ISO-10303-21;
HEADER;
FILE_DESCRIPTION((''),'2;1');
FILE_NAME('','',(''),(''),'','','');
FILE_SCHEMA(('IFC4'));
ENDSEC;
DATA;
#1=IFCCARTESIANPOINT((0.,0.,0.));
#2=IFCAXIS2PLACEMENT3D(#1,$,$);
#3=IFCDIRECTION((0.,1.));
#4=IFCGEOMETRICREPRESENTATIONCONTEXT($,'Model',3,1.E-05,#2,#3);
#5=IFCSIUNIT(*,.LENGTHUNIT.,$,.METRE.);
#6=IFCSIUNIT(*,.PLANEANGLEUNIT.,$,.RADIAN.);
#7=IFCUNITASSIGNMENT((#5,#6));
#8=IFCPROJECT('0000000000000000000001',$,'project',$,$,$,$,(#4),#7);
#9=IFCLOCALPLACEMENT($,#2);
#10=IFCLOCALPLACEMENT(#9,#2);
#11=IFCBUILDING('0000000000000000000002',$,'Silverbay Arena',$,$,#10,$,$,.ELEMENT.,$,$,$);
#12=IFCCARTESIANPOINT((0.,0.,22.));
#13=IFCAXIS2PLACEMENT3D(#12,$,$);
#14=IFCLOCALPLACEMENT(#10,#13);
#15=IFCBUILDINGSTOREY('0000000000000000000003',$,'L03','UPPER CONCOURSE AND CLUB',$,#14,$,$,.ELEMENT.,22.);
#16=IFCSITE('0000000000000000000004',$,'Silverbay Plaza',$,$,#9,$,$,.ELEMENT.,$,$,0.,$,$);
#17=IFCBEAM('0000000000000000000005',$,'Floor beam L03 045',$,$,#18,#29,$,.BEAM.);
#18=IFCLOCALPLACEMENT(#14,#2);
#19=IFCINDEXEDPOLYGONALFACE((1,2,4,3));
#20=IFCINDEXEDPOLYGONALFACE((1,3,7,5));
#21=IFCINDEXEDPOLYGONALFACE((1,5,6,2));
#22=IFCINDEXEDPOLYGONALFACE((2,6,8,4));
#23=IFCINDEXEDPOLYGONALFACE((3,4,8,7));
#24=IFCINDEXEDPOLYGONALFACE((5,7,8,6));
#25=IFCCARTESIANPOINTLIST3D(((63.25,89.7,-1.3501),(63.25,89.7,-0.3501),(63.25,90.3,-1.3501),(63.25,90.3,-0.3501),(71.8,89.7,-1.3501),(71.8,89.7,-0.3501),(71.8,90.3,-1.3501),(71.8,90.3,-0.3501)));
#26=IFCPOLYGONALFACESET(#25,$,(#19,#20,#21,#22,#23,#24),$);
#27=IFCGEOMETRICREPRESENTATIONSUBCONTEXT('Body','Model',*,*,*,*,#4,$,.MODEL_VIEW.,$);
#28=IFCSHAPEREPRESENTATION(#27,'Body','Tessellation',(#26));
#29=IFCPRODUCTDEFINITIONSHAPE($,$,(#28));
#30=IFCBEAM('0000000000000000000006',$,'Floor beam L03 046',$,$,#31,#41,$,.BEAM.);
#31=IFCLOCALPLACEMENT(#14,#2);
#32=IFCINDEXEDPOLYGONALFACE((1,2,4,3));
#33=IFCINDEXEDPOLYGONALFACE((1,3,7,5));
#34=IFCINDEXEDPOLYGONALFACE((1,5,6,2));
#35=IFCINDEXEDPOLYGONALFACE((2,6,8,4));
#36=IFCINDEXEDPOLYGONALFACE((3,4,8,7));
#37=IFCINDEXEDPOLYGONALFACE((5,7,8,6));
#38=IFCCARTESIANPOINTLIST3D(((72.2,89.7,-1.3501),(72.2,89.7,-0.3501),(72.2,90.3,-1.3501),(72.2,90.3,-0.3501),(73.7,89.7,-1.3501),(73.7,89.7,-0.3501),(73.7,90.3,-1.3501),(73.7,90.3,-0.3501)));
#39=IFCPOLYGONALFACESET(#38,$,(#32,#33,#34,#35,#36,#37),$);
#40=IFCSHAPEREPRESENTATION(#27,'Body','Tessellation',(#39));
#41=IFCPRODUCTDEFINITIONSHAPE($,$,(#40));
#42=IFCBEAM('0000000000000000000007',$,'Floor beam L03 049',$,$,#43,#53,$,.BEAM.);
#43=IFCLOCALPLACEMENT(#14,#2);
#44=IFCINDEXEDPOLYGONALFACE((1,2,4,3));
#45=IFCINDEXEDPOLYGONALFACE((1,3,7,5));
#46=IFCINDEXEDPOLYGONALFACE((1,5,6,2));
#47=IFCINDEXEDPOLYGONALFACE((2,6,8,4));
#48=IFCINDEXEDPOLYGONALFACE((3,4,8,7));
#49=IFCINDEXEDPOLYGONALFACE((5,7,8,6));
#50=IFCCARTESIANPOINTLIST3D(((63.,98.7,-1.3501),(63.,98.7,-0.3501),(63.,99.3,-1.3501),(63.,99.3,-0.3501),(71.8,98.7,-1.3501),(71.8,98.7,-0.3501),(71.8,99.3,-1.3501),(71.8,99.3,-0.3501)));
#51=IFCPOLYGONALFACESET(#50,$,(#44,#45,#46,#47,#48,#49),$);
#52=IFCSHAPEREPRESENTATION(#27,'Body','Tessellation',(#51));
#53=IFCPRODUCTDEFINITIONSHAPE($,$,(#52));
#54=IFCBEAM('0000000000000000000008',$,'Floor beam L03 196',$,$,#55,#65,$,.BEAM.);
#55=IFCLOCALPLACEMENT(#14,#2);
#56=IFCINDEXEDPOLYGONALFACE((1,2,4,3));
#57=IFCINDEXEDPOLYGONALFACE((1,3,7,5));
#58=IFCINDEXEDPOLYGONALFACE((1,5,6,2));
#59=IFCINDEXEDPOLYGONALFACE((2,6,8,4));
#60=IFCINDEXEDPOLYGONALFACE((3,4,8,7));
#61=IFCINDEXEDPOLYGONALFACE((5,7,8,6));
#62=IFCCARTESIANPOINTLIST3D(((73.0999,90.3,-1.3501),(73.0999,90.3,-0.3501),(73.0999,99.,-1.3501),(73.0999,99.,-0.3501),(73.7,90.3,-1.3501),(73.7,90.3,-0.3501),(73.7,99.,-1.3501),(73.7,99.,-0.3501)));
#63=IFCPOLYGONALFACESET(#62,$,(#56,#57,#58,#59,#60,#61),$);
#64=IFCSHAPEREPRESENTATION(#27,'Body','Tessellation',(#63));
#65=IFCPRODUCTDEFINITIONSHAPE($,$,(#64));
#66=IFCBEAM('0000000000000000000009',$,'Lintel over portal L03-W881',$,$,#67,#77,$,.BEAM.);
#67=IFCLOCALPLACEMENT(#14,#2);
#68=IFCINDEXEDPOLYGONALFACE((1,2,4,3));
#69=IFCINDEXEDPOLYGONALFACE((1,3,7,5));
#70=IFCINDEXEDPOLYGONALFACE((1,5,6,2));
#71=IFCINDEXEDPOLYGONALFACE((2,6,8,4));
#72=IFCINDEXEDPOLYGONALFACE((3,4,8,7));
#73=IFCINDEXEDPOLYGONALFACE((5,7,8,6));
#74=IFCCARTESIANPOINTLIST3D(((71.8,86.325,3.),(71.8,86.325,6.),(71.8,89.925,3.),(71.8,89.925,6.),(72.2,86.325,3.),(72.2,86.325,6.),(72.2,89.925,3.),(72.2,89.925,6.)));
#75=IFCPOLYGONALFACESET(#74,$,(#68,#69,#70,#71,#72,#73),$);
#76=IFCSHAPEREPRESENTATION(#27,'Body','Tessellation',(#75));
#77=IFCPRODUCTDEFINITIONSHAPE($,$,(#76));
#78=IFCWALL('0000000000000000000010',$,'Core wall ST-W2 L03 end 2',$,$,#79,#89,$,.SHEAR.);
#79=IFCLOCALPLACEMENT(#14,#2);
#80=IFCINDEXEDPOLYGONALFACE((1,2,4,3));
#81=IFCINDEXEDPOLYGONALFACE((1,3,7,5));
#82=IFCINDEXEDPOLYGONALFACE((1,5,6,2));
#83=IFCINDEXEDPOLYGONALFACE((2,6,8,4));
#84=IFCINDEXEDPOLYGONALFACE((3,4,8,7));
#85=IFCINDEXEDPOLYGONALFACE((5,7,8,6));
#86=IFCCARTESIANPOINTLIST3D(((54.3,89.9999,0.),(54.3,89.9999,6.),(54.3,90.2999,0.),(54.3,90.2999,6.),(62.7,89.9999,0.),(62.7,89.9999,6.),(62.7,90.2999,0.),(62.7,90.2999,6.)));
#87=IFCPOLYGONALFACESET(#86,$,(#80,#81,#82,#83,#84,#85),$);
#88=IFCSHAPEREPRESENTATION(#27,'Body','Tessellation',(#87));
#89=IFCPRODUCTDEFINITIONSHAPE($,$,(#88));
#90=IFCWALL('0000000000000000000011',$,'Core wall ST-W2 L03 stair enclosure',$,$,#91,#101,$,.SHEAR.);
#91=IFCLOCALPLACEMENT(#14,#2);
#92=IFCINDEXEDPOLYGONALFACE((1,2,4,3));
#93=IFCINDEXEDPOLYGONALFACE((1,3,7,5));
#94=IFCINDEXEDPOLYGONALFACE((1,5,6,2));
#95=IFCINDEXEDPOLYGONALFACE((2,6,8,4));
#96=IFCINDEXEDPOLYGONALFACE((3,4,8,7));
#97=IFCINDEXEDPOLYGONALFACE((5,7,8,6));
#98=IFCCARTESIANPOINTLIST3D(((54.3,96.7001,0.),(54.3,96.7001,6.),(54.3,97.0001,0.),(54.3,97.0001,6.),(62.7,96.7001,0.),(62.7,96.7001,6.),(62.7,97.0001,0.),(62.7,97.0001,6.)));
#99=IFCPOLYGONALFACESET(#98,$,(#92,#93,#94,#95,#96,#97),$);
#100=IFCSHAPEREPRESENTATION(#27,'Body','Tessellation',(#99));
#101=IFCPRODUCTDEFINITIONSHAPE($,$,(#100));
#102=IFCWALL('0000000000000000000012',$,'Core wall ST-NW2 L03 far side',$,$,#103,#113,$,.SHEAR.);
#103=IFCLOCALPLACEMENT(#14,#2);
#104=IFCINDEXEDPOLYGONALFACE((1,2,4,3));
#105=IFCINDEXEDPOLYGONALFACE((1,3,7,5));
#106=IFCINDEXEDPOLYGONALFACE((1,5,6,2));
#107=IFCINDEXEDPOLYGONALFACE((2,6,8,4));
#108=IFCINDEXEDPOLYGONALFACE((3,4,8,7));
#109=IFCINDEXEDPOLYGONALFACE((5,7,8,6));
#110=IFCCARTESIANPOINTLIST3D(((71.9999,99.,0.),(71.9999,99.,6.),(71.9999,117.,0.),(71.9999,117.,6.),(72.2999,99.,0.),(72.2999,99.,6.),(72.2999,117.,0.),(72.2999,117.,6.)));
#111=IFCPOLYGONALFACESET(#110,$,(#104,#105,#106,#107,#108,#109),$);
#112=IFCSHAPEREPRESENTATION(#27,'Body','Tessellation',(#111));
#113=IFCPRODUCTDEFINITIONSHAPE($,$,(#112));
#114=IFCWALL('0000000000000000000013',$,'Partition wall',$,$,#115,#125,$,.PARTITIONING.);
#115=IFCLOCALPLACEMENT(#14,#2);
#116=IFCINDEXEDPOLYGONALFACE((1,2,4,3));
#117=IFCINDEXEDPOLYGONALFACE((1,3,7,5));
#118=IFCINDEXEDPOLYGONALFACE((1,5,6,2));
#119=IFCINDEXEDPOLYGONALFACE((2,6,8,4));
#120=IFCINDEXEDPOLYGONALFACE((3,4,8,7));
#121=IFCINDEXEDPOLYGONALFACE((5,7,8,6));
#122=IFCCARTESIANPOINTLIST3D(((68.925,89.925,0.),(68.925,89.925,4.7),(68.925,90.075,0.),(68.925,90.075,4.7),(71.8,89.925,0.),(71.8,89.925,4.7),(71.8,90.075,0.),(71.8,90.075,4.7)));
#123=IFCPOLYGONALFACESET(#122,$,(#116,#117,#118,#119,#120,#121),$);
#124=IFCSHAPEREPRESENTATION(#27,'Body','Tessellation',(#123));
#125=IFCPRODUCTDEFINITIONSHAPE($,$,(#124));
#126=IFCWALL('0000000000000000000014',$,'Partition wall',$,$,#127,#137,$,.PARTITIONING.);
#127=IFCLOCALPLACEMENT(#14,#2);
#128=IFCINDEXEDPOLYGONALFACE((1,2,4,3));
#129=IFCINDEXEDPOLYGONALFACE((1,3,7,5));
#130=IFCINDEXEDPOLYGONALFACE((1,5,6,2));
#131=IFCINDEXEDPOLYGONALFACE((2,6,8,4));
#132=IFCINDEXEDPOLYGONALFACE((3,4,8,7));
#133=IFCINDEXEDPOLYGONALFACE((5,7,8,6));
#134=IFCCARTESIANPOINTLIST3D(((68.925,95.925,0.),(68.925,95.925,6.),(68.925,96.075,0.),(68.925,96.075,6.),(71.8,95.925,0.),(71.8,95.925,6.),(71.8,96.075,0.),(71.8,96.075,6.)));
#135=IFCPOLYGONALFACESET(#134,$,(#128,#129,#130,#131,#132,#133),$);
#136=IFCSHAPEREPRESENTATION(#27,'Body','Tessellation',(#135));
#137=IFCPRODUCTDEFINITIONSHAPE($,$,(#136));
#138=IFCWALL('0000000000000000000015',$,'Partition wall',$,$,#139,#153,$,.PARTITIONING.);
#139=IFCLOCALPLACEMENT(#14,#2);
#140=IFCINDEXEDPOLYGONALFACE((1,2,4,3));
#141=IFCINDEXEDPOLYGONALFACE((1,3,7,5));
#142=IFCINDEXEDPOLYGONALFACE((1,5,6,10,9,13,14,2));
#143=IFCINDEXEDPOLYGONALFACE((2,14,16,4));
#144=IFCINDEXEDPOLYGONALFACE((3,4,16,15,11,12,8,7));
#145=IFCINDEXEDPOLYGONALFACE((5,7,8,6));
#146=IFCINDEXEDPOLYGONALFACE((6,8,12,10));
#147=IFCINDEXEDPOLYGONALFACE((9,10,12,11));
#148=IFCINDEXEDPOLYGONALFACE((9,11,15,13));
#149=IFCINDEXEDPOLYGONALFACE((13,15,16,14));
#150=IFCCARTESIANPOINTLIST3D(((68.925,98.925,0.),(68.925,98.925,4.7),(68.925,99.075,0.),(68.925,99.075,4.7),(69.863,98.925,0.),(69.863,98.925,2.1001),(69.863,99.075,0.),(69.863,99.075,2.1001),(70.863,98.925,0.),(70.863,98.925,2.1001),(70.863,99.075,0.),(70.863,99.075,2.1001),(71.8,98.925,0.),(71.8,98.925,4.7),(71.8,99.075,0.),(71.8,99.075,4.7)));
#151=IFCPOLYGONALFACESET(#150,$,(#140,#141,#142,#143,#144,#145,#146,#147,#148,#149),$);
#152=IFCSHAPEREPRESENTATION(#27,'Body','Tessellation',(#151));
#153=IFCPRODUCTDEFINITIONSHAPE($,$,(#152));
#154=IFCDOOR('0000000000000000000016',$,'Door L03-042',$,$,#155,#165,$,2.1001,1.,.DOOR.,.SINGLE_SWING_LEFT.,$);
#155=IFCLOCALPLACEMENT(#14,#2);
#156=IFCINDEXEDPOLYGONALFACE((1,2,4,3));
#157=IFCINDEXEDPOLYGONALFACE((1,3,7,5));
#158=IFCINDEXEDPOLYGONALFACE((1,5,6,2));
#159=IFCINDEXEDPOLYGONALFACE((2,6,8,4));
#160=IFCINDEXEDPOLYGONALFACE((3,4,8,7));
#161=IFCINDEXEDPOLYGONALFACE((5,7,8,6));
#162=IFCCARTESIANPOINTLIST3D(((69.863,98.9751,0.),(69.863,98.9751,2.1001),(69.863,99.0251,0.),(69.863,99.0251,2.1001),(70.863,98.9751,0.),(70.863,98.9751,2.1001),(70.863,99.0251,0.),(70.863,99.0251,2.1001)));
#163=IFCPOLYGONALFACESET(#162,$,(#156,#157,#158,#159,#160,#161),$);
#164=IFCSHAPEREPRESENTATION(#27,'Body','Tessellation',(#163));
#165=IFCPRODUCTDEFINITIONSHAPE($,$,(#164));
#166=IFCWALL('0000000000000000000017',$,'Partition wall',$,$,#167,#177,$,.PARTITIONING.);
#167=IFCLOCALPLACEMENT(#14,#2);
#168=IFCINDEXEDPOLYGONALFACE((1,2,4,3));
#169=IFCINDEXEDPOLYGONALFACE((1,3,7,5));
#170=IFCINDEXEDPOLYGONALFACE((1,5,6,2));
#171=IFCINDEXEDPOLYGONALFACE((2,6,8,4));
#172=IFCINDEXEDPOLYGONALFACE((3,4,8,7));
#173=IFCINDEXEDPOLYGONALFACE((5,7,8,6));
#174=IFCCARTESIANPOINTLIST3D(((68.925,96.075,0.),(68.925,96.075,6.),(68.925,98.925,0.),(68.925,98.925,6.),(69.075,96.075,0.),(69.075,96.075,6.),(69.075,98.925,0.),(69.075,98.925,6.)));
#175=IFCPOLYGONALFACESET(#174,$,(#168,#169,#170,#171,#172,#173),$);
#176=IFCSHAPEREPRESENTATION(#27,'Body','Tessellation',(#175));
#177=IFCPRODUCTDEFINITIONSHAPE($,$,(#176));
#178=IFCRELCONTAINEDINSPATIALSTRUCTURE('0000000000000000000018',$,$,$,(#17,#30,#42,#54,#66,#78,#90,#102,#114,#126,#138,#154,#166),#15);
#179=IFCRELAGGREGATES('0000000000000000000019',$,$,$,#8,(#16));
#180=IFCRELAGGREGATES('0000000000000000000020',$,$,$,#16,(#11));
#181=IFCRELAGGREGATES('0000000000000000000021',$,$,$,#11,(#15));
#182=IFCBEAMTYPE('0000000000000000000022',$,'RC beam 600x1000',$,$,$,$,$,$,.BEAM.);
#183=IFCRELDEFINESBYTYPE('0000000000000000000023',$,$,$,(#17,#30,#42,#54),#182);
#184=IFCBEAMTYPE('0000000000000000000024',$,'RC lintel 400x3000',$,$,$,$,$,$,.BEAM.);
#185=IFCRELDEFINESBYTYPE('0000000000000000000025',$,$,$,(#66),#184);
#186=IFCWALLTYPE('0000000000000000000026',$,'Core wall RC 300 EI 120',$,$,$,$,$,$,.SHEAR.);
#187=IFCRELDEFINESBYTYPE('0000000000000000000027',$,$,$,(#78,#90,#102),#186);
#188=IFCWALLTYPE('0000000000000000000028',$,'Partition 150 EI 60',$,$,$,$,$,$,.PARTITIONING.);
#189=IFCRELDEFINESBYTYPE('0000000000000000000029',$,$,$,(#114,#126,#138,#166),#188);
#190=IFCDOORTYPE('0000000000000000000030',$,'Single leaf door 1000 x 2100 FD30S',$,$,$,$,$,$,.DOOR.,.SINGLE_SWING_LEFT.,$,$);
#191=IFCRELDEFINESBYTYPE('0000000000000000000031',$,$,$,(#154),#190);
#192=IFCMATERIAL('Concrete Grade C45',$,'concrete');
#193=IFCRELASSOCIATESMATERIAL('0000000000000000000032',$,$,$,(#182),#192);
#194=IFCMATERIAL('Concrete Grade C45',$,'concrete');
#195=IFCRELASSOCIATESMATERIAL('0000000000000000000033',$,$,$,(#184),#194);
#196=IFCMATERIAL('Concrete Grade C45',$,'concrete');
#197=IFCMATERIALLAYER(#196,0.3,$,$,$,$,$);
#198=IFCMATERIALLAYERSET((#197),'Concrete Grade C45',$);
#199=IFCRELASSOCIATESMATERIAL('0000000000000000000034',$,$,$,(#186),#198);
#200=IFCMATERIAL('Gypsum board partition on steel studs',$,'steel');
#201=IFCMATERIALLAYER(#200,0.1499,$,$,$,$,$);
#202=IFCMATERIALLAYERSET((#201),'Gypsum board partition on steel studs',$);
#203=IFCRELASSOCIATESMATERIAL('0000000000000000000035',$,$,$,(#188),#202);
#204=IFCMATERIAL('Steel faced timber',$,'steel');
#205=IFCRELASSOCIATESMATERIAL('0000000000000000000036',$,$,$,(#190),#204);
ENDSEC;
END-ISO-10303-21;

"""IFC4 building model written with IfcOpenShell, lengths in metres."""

from ifc_helpers import new_model, si_unit, direction, frame, frame_2d, origin, origin_2d, place, context, subcontext, project, spatial, rectangle, extrude, material, layer, layer_set, material_profile, profile_set, type_object, element, fill, save


model = new_model("IFC4")

# Units and contexts
model_context = context("Model", 3, precision=1e-05, world=origin(), true_north=direction((0.0, 1.0)))
body_context = subcontext(model_context, "Body", "Model", "MODEL_VIEW")
ifc_project = project(units=[si_unit("LENGTHUNIT", "METRE"), si_unit("PLANEANGLEUNIT", "RADIAN")], contexts=[model_context])

# Site, building, storey
site_placement = place(None, origin())
site = spatial("IfcSite", under=ifc_project, at=site_placement, Name="Silverbay Plaza", CompositionType="ELEMENT", RefElevation=0.0)
building_placement = place(site_placement, origin())
building = spatial("IfcBuilding", under=site, at=building_placement, Name="Silverbay Arena", CompositionType="ELEMENT")
storey_placement = place(building_placement, frame((0.0, 0.0, 22.0)))
storey = spatial("IfcBuildingStorey", under=building, at=storey_placement, Name="L03", Description="UPPER CONCOURSE AND CLUB", CompositionType="ELEMENT", Elevation=22.0)

# Beams
ifc_material_1 = material(Name="Concrete Grade C45", Category="concrete")
ifc_material_profile_1 = material_profile(ifc_material_1, rectangle(XDim=0.6001, YDim=1.0, at=origin_2d()), Name="RC 600x1000")
ifc_profile_set_1 = profile_set([ifc_material_profile_1], Name="Concrete Grade C45")
beam_type_1 = type_object("IfcBeamType", Name="RC beam 600x1000", PredefinedType="BEAM", material=ifc_profile_set_1)
beam_1_placement = place(storey_placement, frame((63.25, 90.0, -0.8501), z_axis=(1.0, 0.0, 0.0), x_axis=(0.0, 1.0, 0.0)))
element("IfcBeam", 1, at=beam_1_placement, inside=storey, type_object=beam_type_1, Name="Floor beam L03 045", PredefinedType="BEAM", context=body_context, shape_type="SweptSolid", body=[
    extrude(rectangle(XDim=0.6001, YDim=1.0, at=origin_2d()), origin(), (0.0, 0.0, 1.0), 8.55),
])
beam_2_placement = place(storey_placement, frame((72.2, 90.0, -0.8501), z_axis=(1.0, 0.0, 0.0), x_axis=(0.0, 1.0, 0.0)))
element("IfcBeam", 2, at=beam_2_placement, inside=storey, type_object=beam_type_1, Name="Floor beam L03 046", PredefinedType="BEAM", context=body_context, shape_type="SweptSolid", body=[
    extrude(rectangle(XDim=0.6001, YDim=1.0, at=origin_2d()), origin(), (0.0, 0.0, 1.0), 1.5),
])
beam_3_placement = place(storey_placement, frame((63.0, 99.0, -0.8501), z_axis=(1.0, 0.0, 0.0), x_axis=(0.0, 1.0, 0.0)))
element("IfcBeam", 3, at=beam_3_placement, inside=storey, type_object=beam_type_1, Name="Floor beam L03 049", PredefinedType="BEAM", context=body_context, shape_type="SweptSolid", body=[
    extrude(rectangle(XDim=0.6001, YDim=1.0, at=origin_2d()), origin(), (0.0, 0.0, 1.0), 8.8),
])
beam_4_placement = place(storey_placement, frame((73.3999, 90.3, -0.8501), z_axis=(0.0, 1.0, 0.0), x_axis=(-1.0, 0.0, 0.0)))
element("IfcBeam", 4, at=beam_4_placement, inside=storey, type_object=beam_type_1, Name="Floor beam L03 196", PredefinedType="BEAM", context=body_context, shape_type="SweptSolid", body=[
    extrude(rectangle(XDim=0.6001, YDim=1.0, at=origin_2d()), origin(), (0.0, 0.0, 1.0), 8.7),
])
ifc_material_2 = material(Name="Concrete Grade C45", Category="concrete")
ifc_material_profile_2 = material_profile(ifc_material_2, rectangle(XDim=0.3999, YDim=3.0, at=origin_2d()), Name="RC 400x3000")
ifc_profile_set_2 = profile_set([ifc_material_profile_2], Name="Concrete Grade C45")
beam_type_2 = type_object("IfcBeamType", Name="RC lintel 400x3000", PredefinedType="BEAM", material=ifc_profile_set_2)
beam_5_placement = place(storey_placement, frame((72.0, 86.325, 4.5), z_axis=(0.0, 1.0, 0.0), x_axis=(-1.0, 0.0, 0.0)))
element("IfcBeam", 5, at=beam_5_placement, inside=storey, type_object=beam_type_2, Name="Lintel over portal L03-W881", PredefinedType="BEAM", context=body_context, shape_type="SweptSolid", body=[
    extrude(rectangle(XDim=0.3999, YDim=3.0, at=origin_2d()), origin(), (0.0, 0.0, 1.0), 3.6001),
])

# Walls
ifc_material_3 = material(Name="Concrete Grade C45", Category="concrete")
ifc_layer_1 = layer(ifc_material_3, 0.3)
ifc_layer_set_1 = layer_set([ifc_layer_1], Name="Concrete Grade C45")
wall_type_1 = type_object("IfcWallType", Name="Core wall RC 300 EI 120", PredefinedType="SHEAR", material=ifc_layer_set_1)
for number, where, z_axis, x_axis, name in (
    (6, (62.7, 90.1499, 0.0), (0.0, 0.0, 1.0), (-1.0, 0.0, 0.0), "Core wall ST-W2 L03 end 2"),
    (7, (62.7, 96.8501, 0.0), (0.0, 0.0, 1.0), (-1.0, 0.0, 0.0), "Core wall ST-W2 L03 stair enclosure"),
):
    element("IfcWall", number, at=place(storey_placement, frame(where, z_axis=z_axis, x_axis=x_axis)), inside=storey, type_object=wall_type_1, Name=name, PredefinedType="SHEAR", context=body_context, shape_type="SweptSolid", body=[
        extrude(rectangle(XDim=8.3999, YDim=0.3, at=frame_2d((4.2, 0.0))), origin(), (0.0, 0.0, 1.0), 6.0),
    ])
wall_1_placement = place(storey_placement, frame((72.1499, 99.0, 0.0), z_axis=(0.0, 0.0, 1.0), x_axis=(0.0, 1.0, 0.0)))
element("IfcWall", 8, at=wall_1_placement, inside=storey, type_object=wall_type_1, Name="Core wall ST-NW2 L03 far side", PredefinedType="SHEAR", context=body_context, shape_type="SweptSolid", body=[
    extrude(rectangle(XDim=18.0, YDim=0.3, at=frame_2d((9.0, 0.0))), origin(), (0.0, 0.0, 1.0), 6.0),
])
ifc_material_4 = material(Name="Gypsum board partition on steel studs", Category="steel")
ifc_layer_2 = layer(ifc_material_4, 0.1499)
ifc_layer_set_2 = layer_set([ifc_layer_2], Name="Gypsum board partition on steel studs")
wall_type_2 = type_object("IfcWallType", Name="Partition 150 EI 60", PredefinedType="PARTITIONING", material=ifc_layer_set_2)
wall_2_placement = place(storey_placement, frame((68.925, 90.0, 0.0), z_axis=(0.0, 0.0, 1.0), x_axis=(1.0, 0.0, 0.0)))
element("IfcWall", 9, at=wall_2_placement, inside=storey, type_object=wall_type_2, Name="Partition wall", PredefinedType="PARTITIONING", context=body_context, shape_type="SweptSolid", body=[
    extrude(rectangle(XDim=2.875, YDim=0.1499, at=frame_2d((1.4375, 0.0))), origin(), (0.0, 0.0, 1.0), 4.7),
])
wall_3_placement = place(storey_placement, frame((68.925, 96.0, 0.0), z_axis=(0.0, 0.0, 1.0), x_axis=(1.0, 0.0, 0.0)))
element("IfcWall", 10, at=wall_3_placement, inside=storey, type_object=wall_type_2, Name="Partition wall", PredefinedType="PARTITIONING", context=body_context, shape_type="SweptSolid", body=[
    extrude(rectangle(XDim=2.875, YDim=0.1499, at=frame_2d((1.4375, 0.0))), origin(), (0.0, 0.0, 1.0), 6.0),
])

# Wall, opening, door
wall_4_placement = place(storey_placement, frame((68.925, 99.0, 0.0), z_axis=(0.0, 0.0, 1.0), x_axis=(1.0, 0.0, 0.0)))
wall_4 = element("IfcWall", 11, at=wall_4_placement, inside=storey, type_object=wall_type_2, Name="Partition wall", PredefinedType="PARTITIONING", context=body_context, shape_type="SweptSolid", body=[
    extrude(rectangle(XDim=2.875, YDim=0.1499, at=frame_2d((1.4375, 0.0))), origin(), (0.0, 0.0, 1.0), 4.7),
])
opening_1_placement = place(wall_4_placement, frame((0.938, 0.0, 0.0)))
opening_1 = element("IfcOpeningElement", 12, at=opening_1_placement, cuts=wall_4, PredefinedType="OPENING", context=body_context, shape_type="SweptSolid", body=[
    extrude(rectangle(XDim=1.0, YDim=2.1001, at=frame_2d((0.5, 1.05))), frame((0.0, 0.085, 0.0), z_axis=(0.0, -1.0, 0.0), x_axis=(1.0, 0.0, 0.0)), (0.0, 0.0, 1.0), 0.1699),
])
ifc_material_5 = material(Name="Steel faced timber", Category="steel")
door_type_1 = type_object("IfcDoorType", Name="Single leaf door 1000 x 2100 FD30S", OperationType="SINGLE_SWING_LEFT", PredefinedType="DOOR", material=ifc_material_5)
door_1_placement = place(opening_1_placement, frame((1.0, 0.0, 0.0), z_axis=(0.0, 0.0, 1.0), x_axis=(-1.0, 0.0, 0.0)))
door_1 = element("IfcDoor", 13, at=door_1_placement, inside=storey, type_object=door_type_1, Name="Door L03-042", OperationType="SINGLE_SWING_LEFT", OverallHeight=2.1001, OverallWidth=1.0, PredefinedType="DOOR", context=body_context, shape_type="SweptSolid", body=[
    extrude(rectangle(XDim=1.0, YDim=2.1001, at=frame_2d((0.5, 1.05))), frame((0.0, 0.0249, 0.0), z_axis=(0.0, -1.0, 0.0), x_axis=(1.0, 0.0, 0.0)), (0.0, 0.0, 1.0), 0.05),
])
fill(opening_1, door_1)

# Wall
wall_5_placement = place(storey_placement, frame((69.0, 96.075, 0.0), z_axis=(0.0, 0.0, 1.0), x_axis=(0.0, 1.0, 0.0)))
element("IfcWall", 14, at=wall_5_placement, inside=storey, type_object=wall_type_2, Name="Partition wall", PredefinedType="PARTITIONING", context=body_context, shape_type="SweptSolid", body=[
    extrude(rectangle(XDim=2.8501, YDim=0.1499, at=frame_2d((1.425, 0.0))), origin(), (0.0, 0.0, 1.0), 6.0),
])

save(model, "model.ifc")
